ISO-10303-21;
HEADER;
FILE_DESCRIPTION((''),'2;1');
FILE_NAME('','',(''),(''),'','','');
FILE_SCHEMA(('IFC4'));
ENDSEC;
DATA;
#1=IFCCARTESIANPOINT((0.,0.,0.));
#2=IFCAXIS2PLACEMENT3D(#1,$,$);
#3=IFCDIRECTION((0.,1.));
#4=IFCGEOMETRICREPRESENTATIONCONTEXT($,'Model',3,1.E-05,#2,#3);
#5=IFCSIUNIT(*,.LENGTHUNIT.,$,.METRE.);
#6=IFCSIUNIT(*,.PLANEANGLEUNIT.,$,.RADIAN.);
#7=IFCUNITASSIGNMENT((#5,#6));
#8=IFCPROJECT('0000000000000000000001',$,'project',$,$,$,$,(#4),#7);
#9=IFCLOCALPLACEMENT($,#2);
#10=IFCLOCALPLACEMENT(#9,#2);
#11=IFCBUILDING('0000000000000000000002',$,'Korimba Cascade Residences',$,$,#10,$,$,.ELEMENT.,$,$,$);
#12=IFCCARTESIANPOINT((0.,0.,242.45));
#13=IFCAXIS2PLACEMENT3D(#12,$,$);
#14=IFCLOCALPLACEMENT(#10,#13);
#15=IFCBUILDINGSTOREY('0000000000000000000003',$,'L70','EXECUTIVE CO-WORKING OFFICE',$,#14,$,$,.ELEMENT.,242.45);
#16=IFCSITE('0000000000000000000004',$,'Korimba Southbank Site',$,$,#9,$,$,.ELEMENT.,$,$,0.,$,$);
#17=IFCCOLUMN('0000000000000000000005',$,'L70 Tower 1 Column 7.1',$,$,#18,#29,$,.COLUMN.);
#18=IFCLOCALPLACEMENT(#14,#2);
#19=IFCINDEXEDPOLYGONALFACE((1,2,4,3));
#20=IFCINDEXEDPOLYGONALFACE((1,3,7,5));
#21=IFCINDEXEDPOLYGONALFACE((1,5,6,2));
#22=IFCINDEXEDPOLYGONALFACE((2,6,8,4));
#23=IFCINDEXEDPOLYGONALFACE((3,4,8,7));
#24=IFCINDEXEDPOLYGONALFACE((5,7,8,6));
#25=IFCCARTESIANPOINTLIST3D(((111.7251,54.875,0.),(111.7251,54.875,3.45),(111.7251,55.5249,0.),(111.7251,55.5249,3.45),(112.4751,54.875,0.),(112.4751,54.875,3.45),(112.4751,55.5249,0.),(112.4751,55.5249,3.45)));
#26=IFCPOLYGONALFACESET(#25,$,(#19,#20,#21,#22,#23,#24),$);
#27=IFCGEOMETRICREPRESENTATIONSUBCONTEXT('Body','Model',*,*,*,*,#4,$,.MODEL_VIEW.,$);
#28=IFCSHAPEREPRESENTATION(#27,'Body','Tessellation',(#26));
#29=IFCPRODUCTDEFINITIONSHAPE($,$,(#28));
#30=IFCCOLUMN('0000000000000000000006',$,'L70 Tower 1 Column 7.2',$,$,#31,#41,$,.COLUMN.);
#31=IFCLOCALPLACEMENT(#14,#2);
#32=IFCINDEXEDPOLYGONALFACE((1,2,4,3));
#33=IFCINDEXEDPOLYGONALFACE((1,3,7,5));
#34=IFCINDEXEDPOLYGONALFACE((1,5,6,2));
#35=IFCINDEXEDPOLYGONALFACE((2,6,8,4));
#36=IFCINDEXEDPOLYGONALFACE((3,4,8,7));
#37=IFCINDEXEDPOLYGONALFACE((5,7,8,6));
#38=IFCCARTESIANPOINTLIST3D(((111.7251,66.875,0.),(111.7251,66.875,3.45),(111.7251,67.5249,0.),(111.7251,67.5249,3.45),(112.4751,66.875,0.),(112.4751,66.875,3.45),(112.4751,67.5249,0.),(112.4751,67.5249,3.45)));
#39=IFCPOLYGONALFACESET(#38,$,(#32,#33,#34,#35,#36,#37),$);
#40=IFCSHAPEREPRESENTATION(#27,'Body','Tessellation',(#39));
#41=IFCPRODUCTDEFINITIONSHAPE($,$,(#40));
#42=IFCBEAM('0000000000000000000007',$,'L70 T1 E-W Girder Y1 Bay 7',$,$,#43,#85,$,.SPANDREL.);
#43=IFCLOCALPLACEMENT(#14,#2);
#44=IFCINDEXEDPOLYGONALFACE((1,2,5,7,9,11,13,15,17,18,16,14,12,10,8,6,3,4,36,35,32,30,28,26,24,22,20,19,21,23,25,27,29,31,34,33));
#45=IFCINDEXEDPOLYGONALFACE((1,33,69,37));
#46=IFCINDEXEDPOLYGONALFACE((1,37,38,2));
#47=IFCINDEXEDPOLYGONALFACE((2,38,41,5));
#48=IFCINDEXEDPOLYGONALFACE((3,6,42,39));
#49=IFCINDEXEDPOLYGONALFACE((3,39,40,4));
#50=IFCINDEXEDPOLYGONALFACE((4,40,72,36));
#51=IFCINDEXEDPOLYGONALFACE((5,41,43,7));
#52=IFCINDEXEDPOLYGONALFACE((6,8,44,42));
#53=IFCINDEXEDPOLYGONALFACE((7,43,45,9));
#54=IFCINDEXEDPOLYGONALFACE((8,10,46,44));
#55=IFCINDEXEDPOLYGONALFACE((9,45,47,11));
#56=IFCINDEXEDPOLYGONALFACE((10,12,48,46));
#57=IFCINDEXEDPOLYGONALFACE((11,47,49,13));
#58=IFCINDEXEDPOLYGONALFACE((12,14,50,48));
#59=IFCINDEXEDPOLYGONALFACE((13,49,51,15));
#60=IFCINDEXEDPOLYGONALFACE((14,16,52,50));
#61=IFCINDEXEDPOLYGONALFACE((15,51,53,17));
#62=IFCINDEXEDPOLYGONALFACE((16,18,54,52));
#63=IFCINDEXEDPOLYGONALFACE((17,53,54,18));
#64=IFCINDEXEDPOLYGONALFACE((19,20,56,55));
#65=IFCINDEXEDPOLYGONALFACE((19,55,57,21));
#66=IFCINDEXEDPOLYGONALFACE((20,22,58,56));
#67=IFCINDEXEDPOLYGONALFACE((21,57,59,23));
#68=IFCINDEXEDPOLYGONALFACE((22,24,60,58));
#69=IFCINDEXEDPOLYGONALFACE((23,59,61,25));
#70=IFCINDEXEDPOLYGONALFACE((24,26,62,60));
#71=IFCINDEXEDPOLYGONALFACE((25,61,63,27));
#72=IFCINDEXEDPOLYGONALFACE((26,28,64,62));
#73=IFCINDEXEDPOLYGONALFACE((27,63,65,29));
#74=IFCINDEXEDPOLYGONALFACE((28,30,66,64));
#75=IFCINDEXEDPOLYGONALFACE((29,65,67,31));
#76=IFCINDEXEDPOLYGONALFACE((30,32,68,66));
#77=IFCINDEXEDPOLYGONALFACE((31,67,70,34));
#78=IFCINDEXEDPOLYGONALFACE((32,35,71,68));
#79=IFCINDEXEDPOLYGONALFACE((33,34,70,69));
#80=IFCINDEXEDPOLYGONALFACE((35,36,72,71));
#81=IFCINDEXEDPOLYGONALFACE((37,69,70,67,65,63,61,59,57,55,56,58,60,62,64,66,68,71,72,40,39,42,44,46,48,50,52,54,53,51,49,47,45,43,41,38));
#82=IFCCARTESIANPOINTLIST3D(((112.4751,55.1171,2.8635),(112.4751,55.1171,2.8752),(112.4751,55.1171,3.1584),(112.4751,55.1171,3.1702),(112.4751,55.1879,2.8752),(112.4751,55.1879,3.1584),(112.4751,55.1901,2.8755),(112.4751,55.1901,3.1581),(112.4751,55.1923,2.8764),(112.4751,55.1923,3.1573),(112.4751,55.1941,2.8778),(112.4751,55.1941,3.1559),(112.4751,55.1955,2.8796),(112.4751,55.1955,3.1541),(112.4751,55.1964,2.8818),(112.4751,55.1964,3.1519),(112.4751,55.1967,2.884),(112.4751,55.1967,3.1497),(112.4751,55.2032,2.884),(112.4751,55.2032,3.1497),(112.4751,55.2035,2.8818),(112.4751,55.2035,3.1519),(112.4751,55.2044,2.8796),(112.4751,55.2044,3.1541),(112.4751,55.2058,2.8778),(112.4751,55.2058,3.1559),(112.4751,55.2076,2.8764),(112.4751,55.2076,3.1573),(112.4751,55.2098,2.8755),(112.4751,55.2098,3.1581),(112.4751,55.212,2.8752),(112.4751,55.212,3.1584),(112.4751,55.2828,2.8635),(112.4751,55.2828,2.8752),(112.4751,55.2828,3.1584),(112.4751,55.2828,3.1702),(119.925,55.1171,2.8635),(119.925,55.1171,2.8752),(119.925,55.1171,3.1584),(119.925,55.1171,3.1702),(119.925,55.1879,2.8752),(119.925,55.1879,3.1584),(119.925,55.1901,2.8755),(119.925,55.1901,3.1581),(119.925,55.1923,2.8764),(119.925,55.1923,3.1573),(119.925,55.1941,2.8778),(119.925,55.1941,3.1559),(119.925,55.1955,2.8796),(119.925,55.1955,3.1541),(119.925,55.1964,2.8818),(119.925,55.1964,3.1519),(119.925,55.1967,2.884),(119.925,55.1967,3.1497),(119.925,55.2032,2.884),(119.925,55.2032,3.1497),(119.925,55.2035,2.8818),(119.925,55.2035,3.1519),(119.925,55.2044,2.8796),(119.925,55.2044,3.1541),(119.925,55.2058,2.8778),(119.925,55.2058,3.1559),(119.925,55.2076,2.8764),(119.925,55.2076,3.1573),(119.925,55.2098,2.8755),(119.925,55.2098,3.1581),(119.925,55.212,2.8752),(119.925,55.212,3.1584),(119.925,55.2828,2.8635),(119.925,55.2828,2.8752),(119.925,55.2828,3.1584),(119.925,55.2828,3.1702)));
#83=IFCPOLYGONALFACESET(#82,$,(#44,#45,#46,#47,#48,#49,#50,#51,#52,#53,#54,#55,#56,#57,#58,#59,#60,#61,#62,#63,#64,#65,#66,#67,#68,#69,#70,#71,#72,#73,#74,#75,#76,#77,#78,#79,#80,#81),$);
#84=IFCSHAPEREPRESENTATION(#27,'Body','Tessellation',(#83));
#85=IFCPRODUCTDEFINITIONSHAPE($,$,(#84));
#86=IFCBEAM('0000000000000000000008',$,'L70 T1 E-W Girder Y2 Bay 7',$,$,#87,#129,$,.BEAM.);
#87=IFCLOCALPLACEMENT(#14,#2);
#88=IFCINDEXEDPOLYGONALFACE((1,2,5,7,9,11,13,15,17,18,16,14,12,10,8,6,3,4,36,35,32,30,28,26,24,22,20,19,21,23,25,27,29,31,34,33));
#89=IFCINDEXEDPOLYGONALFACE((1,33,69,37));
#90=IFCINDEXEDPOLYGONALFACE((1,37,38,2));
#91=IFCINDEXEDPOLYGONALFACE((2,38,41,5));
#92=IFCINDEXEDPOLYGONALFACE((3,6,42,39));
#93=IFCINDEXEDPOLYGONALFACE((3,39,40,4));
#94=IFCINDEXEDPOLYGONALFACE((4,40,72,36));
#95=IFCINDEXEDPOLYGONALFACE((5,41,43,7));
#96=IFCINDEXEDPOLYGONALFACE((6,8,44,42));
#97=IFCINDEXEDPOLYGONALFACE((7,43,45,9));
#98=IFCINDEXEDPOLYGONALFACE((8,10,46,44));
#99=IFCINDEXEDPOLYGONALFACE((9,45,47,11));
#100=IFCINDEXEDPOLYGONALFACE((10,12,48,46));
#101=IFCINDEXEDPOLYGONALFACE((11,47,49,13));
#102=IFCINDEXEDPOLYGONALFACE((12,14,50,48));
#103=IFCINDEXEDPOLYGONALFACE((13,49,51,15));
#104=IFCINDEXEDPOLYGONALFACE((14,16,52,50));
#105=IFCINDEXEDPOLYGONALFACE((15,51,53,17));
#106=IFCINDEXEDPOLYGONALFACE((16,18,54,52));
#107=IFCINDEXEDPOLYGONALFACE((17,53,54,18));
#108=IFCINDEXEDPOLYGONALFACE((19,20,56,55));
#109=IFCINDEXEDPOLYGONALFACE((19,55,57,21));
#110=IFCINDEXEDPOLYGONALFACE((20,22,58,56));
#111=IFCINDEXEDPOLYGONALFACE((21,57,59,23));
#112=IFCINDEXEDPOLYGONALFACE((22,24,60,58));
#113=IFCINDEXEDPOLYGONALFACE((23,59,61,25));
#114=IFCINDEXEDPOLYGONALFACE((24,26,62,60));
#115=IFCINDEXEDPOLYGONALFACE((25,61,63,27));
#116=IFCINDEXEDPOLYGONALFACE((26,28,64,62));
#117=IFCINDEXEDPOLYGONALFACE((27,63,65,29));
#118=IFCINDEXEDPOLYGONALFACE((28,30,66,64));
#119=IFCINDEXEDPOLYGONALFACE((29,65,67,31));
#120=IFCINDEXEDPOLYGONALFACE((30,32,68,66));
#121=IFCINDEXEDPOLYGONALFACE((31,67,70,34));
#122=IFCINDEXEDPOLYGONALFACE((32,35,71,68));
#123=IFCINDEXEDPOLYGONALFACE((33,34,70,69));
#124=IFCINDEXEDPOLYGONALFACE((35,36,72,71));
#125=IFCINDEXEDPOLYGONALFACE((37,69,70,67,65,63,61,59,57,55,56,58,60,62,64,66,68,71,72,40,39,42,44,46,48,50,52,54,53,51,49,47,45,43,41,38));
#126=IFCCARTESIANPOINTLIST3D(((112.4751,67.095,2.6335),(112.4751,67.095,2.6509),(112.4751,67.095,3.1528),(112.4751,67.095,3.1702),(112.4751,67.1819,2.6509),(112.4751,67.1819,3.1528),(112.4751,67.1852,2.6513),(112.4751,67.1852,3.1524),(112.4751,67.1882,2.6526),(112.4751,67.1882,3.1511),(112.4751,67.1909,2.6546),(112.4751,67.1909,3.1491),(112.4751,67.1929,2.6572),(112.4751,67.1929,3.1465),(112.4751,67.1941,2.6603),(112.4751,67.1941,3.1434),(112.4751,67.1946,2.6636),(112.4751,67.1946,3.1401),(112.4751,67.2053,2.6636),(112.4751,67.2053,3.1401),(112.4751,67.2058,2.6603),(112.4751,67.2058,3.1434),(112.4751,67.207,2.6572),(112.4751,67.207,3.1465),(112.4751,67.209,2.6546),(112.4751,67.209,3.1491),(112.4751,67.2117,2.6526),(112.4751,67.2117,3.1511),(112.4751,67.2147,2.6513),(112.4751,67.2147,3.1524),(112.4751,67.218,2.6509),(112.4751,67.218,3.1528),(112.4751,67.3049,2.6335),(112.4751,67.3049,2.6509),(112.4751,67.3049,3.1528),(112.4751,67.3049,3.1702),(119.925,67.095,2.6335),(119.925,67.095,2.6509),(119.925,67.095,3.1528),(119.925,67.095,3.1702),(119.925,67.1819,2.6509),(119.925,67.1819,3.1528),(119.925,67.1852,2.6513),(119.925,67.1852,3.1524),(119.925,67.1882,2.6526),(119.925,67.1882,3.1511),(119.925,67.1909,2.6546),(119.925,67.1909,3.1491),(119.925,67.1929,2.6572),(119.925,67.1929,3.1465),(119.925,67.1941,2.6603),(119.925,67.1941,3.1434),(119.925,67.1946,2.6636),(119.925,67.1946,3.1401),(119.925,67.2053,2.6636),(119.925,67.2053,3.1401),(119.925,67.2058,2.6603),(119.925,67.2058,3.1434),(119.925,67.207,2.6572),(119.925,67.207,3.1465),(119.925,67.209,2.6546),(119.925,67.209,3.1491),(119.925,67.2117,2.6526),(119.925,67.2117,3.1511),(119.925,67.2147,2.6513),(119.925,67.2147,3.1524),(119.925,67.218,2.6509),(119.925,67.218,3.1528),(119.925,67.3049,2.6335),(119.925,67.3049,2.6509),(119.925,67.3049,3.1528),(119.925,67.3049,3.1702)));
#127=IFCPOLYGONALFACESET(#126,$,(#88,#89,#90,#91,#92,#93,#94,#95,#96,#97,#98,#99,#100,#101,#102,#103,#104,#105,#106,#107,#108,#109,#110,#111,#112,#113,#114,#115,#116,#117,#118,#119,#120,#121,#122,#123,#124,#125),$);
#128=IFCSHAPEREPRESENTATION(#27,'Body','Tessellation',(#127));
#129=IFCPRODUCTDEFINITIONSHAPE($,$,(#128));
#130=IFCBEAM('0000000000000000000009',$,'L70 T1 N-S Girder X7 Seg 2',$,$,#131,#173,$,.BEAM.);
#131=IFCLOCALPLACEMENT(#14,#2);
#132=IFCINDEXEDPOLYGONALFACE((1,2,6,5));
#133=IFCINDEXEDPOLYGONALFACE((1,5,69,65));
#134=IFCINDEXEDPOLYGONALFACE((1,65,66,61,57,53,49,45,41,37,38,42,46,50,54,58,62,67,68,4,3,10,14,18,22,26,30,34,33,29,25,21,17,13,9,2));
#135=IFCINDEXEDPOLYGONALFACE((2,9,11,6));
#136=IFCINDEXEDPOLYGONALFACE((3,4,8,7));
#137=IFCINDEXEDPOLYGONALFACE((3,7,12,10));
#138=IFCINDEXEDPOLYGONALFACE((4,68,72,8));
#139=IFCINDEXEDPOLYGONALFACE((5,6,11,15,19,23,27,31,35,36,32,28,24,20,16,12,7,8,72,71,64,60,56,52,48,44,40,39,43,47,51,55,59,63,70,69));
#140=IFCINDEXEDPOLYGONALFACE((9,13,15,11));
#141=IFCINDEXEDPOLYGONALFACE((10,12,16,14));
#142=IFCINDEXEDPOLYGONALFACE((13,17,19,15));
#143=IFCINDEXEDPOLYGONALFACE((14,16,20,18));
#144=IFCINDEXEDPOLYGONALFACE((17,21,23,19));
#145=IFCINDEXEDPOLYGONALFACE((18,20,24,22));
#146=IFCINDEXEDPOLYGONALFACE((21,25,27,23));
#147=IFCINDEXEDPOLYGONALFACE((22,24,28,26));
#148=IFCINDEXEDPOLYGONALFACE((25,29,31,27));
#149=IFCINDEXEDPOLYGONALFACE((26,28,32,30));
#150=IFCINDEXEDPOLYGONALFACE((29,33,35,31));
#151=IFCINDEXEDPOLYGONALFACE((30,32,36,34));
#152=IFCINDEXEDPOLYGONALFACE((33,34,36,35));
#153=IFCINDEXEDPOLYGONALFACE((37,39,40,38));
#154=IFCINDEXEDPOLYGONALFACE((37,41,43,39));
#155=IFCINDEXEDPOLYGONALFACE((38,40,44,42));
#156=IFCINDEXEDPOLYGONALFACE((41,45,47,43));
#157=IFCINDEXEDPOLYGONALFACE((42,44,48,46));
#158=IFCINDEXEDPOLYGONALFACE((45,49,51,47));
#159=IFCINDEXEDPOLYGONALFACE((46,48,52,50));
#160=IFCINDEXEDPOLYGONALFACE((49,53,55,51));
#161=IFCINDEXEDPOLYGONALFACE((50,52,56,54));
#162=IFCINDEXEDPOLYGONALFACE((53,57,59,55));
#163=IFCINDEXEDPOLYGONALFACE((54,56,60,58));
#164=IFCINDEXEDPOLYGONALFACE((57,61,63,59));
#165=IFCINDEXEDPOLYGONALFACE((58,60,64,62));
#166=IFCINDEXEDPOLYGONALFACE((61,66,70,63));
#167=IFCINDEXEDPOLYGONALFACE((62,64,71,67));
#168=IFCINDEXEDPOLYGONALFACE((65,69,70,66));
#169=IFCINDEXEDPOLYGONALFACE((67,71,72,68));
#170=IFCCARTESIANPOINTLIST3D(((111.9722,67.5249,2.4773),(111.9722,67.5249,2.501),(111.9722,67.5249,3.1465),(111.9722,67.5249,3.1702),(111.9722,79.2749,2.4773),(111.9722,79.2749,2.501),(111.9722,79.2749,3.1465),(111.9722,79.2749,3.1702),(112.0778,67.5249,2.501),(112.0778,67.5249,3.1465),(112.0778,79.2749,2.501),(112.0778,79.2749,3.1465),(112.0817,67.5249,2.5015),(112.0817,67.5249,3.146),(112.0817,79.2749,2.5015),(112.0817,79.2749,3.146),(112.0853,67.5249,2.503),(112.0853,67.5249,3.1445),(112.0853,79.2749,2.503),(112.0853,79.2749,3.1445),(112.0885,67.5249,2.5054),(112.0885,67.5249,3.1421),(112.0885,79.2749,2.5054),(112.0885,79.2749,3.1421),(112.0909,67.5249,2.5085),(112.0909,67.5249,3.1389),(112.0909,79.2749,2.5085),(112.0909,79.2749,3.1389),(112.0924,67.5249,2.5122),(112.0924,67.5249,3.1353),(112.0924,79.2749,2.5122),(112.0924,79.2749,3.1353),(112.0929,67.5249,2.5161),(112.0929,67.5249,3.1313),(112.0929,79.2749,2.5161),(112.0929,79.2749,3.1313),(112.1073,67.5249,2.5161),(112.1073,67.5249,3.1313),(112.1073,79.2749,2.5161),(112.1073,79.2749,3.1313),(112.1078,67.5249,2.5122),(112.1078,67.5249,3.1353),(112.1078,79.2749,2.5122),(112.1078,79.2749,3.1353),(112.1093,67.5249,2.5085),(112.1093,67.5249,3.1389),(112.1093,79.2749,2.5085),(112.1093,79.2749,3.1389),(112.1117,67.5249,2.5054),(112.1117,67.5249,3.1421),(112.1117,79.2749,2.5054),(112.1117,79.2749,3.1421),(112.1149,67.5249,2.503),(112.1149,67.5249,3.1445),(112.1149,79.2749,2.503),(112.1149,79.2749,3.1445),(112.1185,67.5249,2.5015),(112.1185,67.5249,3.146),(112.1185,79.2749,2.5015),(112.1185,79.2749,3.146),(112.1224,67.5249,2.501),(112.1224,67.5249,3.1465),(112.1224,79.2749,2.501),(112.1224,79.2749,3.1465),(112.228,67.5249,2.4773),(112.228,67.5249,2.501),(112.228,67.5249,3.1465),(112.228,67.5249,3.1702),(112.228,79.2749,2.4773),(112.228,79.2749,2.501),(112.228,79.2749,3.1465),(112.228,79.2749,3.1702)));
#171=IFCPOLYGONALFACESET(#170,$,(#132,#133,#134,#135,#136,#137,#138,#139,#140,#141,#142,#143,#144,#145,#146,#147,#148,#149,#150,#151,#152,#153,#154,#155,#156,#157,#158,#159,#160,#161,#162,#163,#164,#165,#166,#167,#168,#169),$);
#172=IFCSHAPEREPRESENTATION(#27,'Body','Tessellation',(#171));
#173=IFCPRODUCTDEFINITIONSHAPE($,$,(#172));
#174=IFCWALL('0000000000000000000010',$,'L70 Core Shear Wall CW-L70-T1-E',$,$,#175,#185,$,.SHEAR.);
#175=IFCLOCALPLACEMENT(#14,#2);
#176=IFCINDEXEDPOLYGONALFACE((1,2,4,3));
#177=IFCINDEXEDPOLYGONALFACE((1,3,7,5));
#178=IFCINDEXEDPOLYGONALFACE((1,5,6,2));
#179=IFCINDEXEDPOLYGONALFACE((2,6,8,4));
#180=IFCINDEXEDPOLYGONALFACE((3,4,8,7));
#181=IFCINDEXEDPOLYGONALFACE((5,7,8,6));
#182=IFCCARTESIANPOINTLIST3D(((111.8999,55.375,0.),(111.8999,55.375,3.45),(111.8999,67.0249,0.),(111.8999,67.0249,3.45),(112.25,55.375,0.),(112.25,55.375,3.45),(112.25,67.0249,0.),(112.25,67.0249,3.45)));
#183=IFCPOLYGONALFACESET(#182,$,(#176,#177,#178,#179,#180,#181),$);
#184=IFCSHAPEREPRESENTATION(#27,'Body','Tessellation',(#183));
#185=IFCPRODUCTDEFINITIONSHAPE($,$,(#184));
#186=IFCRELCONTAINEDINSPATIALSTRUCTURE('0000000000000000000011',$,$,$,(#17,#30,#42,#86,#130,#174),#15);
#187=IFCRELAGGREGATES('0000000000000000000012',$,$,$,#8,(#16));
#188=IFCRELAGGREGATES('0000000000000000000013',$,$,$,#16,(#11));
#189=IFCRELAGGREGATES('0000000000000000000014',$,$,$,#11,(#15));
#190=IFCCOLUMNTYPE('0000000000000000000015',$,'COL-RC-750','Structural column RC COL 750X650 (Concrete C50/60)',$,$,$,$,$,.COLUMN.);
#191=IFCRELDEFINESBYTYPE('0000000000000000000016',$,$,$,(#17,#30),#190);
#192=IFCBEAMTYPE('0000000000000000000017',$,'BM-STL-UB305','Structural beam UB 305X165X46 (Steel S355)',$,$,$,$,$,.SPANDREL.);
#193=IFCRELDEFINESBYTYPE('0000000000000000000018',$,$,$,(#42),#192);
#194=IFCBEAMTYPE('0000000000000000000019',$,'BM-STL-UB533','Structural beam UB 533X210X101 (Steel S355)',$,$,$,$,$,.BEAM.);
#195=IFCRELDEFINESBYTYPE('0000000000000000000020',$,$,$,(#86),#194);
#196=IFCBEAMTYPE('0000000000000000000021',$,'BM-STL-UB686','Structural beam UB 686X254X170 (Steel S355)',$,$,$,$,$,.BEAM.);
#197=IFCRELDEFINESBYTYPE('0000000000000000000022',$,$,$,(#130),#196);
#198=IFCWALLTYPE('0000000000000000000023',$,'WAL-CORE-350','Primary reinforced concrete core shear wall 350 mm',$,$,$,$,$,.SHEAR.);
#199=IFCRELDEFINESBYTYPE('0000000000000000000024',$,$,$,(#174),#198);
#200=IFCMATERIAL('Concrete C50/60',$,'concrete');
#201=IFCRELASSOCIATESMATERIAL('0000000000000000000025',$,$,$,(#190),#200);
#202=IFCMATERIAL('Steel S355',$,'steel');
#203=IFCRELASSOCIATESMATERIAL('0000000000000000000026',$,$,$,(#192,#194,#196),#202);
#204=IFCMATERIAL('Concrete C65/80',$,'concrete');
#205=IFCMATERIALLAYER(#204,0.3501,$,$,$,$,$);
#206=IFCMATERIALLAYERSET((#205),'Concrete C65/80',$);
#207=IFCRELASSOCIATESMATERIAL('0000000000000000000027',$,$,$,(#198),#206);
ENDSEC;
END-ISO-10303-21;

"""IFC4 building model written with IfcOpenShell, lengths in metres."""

from ifc_helpers import new_model, si_unit, direction, frame, frame_2d, origin, origin_2d, place, context, subcontext, project, spatial, rectangle, i_section, extrude, material, layer, layer_set, material_profile, profile_set, type_object, element, save


model = new_model("IFC4")

# Units and contexts
model_context = context("Model", 3, precision=1e-05, world=origin(), true_north=direction((0.0, 1.0)))
body_context = subcontext(model_context, "Body", "Model", "MODEL_VIEW")
ifc_project = project(units=[si_unit("LENGTHUNIT", "METRE"), si_unit("PLANEANGLEUNIT", "RADIAN")], contexts=[model_context])

# Site, building, storey
site_placement = place(None, origin())
site = spatial("IfcSite", under=ifc_project, at=site_placement, Name="Korimba Southbank Site", CompositionType="ELEMENT", RefElevation=0.0)
building_placement = place(site_placement, origin())
building = spatial("IfcBuilding", under=site, at=building_placement, Name="Korimba Cascade Residences", CompositionType="ELEMENT")
storey_placement = place(building_placement, frame((0.0, 0.0, 242.45)))
storey = spatial("IfcBuildingStorey", under=building, at=storey_placement, Name="L70", Description="EXECUTIVE CO-WORKING OFFICE", CompositionType="ELEMENT", Elevation=242.45)

# Columns
ifc_material_1 = material(Name="Concrete C50/60", Category="concrete")
ifc_material_profile_1 = material_profile(ifc_material_1, rectangle(XDim=0.75, YDim=0.6499, at=origin_2d()), Name="Concrete C50/60")
ifc_profile_set_1 = profile_set([ifc_material_profile_1], Name="Concrete C50/60")
column_type = type_object("IfcColumnType", Name="COL-RC-750", Description="Structural column RC COL 750X650 (Concrete C50/60)", PredefinedType="COLUMN", material=ifc_profile_set_1)
for number, where, z_axis, x_axis, name in (
    (1, (112.1001, 55.2, 0.0), (0.0, 0.0, 1.0), (1.0, 0.0, 0.0), "L70 Tower 1 Column 7.1"),
    (2, (112.1001, 67.2, 0.0), (0.0, 0.0, 1.0), (1.0, 0.0, 0.0), "L70 Tower 1 Column 7.2"),
):
    element("IfcColumn", number, at=place(storey_placement, frame(where, z_axis=z_axis, x_axis=x_axis)), inside=storey, type_object=column_type, Name=name, PredefinedType="COLUMN", context=body_context, shape_type="SweptSolid", body=[
        extrude(rectangle(XDim=0.75, YDim=0.6499, at=origin_2d()), origin(), (0.0, 0.0, 1.0), 3.45),
    ])

# Beams
ifc_material_2 = material(Name="Steel S355", Category="steel")
ifc_material_profile_2 = material_profile(ifc_material_2, i_section(OverallWidth=0.1658, OverallDepth=0.3066, WebThickness=0.0066, FlangeThickness=0.0117, FilletRadius=0.0088, at=origin_2d()), Name="Steel S355")
ifc_profile_set_2 = profile_set([ifc_material_profile_2], Name="Steel S355")
beam_type_1 = type_object("IfcBeamType", Name="BM-STL-UB305", Description="Structural beam UB 305X165X46 (Steel S355)", PredefinedType="SPANDREL", material=ifc_profile_set_2)
beam_1_placement = place(storey_placement, frame((112.4751, 55.2, 3.0168), z_axis=(1.0, 0.0, 0.0), x_axis=(0.0, 1.0, 0.0)))
element("IfcBeam", 3, at=beam_1_placement, inside=storey, type_object=beam_type_1, Name="L70 T1 E-W Girder Y1 Bay 7", PredefinedType="SPANDREL", context=body_context, shape_type="SweptSolid", body=[
    extrude(i_section(OverallWidth=0.1658, OverallDepth=0.3066, WebThickness=0.0066, FlangeThickness=0.0117, FilletRadius=0.0088, at=origin_2d()), origin(), (0.0, 0.0, 1.0), 7.45),
])
ifc_material_profile_3 = material_profile(ifc_material_2, i_section(OverallWidth=0.21, OverallDepth=0.5366, WebThickness=0.0107, FlangeThickness=0.0173, FilletRadius=0.0127, at=origin_2d()), Name="Steel S355")
ifc_profile_set_3 = profile_set([ifc_material_profile_3], Name="Steel S355")
beam_type_2 = type_object("IfcBeamType", Name="BM-STL-UB533", Description="Structural beam UB 533X210X101 (Steel S355)", PredefinedType="BEAM", material=ifc_profile_set_3)
beam_2_placement = place(storey_placement, frame((112.4751, 67.2, 2.9019), z_axis=(1.0, 0.0, 0.0), x_axis=(0.0, 1.0, 0.0)))
element("IfcBeam", 4, at=beam_2_placement, inside=storey, type_object=beam_type_2, Name="L70 T1 E-W Girder Y2 Bay 7", PredefinedType="BEAM", context=body_context, shape_type="SweptSolid", body=[
    extrude(i_section(OverallWidth=0.21, OverallDepth=0.5366, WebThickness=0.0107, FlangeThickness=0.0173, FilletRadius=0.0127, at=origin_2d()), origin(), (0.0, 0.0, 1.0), 7.45),
])
ifc_material_profile_4 = material_profile(ifc_material_2, i_section(OverallWidth=0.2559, OverallDepth=0.6929, WebThickness=0.0144, FlangeThickness=0.0237, FilletRadius=0.0151, at=origin_2d()), Name="Steel S355")
ifc_profile_set_4 = profile_set([ifc_material_profile_4], Name="Steel S355")
beam_type_3 = type_object("IfcBeamType", Name="BM-STL-UB686", Description="Structural beam UB 686X254X170 (Steel S355)", PredefinedType="BEAM", material=ifc_profile_set_4)
beam_3_placement = place(storey_placement, frame((112.1001, 67.5249, 2.8237), z_axis=(0.0, 1.0, 0.0), x_axis=(-1.0, 0.0, 0.0)))
element("IfcBeam", 5, at=beam_3_placement, inside=storey, type_object=beam_type_3, Name="L70 T1 N-S Girder X7 Seg 2", PredefinedType="BEAM", context=body_context, shape_type="SweptSolid", body=[
    extrude(i_section(OverallWidth=0.2559, OverallDepth=0.6929, WebThickness=0.0144, FlangeThickness=0.0237, FilletRadius=0.0151, at=origin_2d()), origin(), (0.0, 0.0, 1.0), 11.75),
])

# Wall
ifc_material_3 = material(Name="Concrete C65/80", Category="concrete")
ifc_layer_1 = layer(ifc_material_3, 0.3501)
ifc_layer_set_1 = layer_set([ifc_layer_1], Name="Concrete C65/80")
wall_type_1 = type_object("IfcWallType", Name="WAL-CORE-350", Description="Primary reinforced concrete core shear wall 350 mm", PredefinedType="SHEAR", material=ifc_layer_set_1)
wall_1_placement = place(storey_placement, frame((112.075, 55.375, 0.0), z_axis=(0.0, 0.0, 1.0), x_axis=(0.0, 1.0, 0.0)))
element("IfcWall", 6, at=wall_1_placement, inside=storey, type_object=wall_type_1, Name="L70 Core Shear Wall CW-L70-T1-E", PredefinedType="SHEAR", context=body_context, shape_type="SweptSolid", body=[
    extrude(rectangle(XDim=11.6499, YDim=0.3501, at=frame_2d((5.825, 0.0))), origin(), (0.0, 0.0, 1.0), 3.45),
])

save(model, "model.ifc")
